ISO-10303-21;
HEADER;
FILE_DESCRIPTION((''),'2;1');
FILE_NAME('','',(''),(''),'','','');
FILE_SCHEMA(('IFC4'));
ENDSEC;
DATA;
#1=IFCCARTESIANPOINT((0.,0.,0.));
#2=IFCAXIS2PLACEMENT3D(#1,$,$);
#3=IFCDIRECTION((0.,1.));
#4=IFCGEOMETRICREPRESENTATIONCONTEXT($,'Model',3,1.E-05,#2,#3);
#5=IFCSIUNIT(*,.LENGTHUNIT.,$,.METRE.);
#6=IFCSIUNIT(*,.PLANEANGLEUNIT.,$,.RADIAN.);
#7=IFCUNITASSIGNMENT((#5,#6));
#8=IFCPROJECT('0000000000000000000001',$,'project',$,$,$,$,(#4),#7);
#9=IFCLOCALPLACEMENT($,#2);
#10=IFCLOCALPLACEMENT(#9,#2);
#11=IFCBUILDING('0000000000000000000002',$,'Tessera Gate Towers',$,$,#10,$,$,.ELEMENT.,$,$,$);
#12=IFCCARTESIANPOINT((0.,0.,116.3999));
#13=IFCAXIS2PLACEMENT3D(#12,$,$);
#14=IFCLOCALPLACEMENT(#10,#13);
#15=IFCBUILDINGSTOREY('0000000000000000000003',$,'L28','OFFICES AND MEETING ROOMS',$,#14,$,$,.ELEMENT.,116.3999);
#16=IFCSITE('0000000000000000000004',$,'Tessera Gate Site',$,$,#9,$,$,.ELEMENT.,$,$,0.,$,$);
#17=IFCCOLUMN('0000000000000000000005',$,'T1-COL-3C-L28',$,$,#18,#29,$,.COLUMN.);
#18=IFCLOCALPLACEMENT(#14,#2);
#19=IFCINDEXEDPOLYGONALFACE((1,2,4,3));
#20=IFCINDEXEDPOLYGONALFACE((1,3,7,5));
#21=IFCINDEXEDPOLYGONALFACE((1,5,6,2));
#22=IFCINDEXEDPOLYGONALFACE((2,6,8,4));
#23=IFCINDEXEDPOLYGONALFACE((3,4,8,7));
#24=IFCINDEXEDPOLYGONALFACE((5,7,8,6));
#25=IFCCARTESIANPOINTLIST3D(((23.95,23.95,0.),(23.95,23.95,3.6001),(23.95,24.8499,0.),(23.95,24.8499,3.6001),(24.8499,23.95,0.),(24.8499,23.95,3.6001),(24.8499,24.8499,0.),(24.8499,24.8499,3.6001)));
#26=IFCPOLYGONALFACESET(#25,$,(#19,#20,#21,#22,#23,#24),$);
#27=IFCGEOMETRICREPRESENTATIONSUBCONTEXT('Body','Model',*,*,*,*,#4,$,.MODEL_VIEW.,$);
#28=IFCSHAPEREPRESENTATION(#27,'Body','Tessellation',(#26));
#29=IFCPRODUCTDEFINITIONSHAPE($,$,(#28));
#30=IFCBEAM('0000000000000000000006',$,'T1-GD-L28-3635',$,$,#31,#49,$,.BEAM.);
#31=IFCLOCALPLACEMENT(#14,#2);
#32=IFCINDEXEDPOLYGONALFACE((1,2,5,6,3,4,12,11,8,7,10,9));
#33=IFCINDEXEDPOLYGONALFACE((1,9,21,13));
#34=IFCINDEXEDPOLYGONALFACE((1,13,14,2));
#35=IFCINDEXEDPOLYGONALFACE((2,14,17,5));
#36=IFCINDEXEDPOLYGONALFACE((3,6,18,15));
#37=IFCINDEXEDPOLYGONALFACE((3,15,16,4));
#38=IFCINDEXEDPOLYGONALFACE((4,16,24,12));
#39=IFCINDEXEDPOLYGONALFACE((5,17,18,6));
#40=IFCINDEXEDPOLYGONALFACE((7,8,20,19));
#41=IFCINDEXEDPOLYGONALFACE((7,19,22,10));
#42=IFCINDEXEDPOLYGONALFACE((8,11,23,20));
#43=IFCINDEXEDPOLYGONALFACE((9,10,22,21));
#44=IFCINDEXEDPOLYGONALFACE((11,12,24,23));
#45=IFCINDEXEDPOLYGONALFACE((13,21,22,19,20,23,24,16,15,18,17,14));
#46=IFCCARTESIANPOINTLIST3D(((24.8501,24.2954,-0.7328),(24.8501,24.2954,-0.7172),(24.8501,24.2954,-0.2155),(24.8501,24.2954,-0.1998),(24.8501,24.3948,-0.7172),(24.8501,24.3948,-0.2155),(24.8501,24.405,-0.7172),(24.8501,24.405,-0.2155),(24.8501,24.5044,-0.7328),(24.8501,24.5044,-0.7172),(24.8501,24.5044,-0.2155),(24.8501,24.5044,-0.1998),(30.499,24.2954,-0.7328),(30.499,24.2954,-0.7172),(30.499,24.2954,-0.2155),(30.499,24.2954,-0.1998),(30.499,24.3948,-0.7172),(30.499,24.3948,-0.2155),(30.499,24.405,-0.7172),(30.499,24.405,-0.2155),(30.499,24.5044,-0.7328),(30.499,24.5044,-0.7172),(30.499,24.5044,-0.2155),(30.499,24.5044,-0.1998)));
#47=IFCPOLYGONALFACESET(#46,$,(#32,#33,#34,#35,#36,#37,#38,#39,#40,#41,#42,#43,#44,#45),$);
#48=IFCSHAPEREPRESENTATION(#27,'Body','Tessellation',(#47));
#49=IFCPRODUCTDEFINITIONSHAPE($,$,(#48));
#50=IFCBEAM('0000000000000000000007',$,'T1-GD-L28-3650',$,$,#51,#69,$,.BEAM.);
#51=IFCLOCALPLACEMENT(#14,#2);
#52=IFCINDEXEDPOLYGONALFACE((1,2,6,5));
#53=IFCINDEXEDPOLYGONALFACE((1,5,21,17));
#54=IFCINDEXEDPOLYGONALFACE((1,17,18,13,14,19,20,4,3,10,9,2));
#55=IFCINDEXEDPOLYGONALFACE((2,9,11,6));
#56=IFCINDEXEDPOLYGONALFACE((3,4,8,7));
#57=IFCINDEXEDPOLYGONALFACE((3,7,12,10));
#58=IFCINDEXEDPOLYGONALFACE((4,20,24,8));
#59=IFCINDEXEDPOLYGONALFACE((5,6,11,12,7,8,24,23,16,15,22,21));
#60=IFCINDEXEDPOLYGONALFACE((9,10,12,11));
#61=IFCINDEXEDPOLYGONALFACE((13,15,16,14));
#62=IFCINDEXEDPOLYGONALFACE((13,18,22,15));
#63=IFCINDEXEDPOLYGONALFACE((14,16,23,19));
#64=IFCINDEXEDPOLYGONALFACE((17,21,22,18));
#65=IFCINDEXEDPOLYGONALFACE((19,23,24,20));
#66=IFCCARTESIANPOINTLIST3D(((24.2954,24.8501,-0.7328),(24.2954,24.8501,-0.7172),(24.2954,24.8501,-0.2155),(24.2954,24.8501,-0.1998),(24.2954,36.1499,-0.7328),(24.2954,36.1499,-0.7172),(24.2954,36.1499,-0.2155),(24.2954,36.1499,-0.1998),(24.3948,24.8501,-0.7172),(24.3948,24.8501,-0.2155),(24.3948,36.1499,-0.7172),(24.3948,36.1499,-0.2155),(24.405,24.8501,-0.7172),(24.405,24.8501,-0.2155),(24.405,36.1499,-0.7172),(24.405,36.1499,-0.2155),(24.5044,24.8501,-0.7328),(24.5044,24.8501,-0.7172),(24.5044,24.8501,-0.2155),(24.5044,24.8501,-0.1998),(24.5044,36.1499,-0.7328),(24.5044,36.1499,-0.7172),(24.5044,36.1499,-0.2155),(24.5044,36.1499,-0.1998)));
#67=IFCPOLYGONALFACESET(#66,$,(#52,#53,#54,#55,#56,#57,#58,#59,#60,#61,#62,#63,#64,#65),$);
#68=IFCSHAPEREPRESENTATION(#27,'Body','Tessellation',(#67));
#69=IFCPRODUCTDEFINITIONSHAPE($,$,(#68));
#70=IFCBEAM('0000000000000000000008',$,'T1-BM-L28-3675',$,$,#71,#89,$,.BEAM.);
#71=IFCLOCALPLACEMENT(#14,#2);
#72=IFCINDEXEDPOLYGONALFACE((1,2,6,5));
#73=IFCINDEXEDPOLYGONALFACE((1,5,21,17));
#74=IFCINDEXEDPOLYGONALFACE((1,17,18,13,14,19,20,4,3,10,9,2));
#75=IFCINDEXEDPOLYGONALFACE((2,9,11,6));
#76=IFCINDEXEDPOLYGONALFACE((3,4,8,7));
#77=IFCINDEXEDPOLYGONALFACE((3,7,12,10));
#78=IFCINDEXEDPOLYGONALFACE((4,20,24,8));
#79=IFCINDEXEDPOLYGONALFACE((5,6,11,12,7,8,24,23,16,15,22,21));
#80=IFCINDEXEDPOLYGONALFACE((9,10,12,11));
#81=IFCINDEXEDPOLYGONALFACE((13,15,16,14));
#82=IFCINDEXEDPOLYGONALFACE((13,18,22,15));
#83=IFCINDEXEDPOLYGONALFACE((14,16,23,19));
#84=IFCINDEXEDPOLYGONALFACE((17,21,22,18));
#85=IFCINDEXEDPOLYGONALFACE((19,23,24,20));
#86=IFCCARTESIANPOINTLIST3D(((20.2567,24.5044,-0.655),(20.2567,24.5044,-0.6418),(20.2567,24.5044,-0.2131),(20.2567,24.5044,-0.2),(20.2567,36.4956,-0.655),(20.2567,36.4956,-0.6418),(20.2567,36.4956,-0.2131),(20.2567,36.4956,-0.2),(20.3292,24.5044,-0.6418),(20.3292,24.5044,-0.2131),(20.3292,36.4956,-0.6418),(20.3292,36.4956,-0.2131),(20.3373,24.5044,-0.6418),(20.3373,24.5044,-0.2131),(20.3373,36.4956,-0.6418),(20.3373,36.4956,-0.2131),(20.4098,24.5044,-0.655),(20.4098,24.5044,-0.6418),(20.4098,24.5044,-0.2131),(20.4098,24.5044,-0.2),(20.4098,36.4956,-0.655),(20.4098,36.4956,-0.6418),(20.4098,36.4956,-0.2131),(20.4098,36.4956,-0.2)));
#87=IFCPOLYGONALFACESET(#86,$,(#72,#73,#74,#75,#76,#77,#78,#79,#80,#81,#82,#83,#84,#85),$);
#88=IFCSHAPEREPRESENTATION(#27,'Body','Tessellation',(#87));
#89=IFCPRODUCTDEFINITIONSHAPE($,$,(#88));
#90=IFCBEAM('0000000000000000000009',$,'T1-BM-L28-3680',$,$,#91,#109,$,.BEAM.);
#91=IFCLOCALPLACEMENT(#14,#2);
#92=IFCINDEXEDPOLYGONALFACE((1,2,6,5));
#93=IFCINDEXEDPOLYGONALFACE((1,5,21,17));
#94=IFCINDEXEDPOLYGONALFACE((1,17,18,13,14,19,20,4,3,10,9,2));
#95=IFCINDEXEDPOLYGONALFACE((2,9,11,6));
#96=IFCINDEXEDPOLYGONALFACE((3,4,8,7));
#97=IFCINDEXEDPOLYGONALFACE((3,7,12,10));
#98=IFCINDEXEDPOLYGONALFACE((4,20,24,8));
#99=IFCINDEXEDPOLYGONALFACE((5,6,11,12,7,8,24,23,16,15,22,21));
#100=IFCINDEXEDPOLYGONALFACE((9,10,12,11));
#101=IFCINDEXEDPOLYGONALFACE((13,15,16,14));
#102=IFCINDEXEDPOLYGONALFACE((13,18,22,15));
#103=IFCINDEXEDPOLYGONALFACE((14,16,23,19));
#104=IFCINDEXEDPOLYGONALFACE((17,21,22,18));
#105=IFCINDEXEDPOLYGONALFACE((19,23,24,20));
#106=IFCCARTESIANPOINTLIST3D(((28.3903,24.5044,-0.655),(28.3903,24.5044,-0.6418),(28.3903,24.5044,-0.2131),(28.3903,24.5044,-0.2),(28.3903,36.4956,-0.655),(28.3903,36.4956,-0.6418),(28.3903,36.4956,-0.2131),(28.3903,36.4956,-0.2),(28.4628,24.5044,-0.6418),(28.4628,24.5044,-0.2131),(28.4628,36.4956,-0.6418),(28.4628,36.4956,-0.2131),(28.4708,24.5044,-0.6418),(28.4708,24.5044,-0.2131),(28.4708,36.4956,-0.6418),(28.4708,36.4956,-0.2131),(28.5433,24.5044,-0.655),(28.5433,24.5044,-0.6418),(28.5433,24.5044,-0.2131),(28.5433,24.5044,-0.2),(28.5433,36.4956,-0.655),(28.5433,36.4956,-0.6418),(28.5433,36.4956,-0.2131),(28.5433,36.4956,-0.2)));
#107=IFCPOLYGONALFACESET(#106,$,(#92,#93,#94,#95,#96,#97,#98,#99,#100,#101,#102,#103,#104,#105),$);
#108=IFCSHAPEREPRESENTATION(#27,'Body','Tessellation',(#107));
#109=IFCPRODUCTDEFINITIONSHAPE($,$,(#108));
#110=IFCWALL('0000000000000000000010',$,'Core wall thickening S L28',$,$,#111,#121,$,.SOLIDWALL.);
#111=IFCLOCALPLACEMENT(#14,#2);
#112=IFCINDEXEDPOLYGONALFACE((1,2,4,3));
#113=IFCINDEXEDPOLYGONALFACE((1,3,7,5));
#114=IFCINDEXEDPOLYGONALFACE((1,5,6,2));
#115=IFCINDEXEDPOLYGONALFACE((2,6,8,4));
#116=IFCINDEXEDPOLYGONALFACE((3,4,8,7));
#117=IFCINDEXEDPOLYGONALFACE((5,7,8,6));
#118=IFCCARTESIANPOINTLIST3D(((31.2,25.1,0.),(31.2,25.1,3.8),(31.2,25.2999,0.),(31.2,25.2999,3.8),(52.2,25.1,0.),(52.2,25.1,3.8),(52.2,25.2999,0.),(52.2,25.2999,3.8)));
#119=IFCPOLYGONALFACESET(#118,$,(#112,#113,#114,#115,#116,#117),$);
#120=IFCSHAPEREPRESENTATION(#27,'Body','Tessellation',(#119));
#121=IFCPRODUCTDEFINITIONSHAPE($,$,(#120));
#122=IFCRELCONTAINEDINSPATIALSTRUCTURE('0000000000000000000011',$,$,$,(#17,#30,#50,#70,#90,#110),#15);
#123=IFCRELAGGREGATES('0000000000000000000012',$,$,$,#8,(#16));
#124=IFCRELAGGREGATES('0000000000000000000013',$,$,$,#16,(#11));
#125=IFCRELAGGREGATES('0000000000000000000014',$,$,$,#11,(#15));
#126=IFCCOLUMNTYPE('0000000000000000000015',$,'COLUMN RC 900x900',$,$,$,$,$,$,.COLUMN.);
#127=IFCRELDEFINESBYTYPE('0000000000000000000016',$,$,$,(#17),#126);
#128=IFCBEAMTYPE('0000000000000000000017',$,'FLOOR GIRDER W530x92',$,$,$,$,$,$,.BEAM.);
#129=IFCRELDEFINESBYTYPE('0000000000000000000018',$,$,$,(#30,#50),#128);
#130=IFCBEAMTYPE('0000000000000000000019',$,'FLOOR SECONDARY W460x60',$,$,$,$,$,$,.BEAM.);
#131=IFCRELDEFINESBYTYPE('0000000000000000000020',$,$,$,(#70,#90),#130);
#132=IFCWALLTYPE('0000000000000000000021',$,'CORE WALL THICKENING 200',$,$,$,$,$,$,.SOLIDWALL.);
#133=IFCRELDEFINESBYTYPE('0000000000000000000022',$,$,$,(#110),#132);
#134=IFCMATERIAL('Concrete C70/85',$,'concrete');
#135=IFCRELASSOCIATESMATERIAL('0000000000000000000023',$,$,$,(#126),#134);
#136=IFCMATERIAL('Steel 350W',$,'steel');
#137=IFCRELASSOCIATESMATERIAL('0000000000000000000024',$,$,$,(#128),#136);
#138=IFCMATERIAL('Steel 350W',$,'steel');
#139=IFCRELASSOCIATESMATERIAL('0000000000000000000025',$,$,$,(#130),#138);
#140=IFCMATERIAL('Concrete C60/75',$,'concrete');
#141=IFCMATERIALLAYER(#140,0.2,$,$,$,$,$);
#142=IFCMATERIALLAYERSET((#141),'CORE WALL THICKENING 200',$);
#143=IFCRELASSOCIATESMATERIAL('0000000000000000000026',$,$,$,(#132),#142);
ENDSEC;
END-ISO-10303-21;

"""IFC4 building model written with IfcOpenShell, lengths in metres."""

from ifc_helpers import new_model, si_unit, direction, frame, frame_2d, origin, origin_2d, place, context, subcontext, project, spatial, rectangle, i_section, extrude, material, layer, layer_set, material_profile, profile_set, type_object, element, save


model = new_model("IFC4")

# Units and contexts
model_context = context("Model", 3, precision=1e-05, world=origin(), true_north=direction((0.0, 1.0)))
body_context = subcontext(model_context, "Body", "Model", "MODEL_VIEW")
ifc_project = project(units=[si_unit("LENGTHUNIT", "METRE"), si_unit("PLANEANGLEUNIT", "RADIAN")], contexts=[model_context])

# Site, building, storey
site_placement = place(None, origin())
site = spatial("IfcSite", under=ifc_project, at=site_placement, Name="Tessera Gate Site", CompositionType="ELEMENT", RefElevation=0.0)
building_placement = place(site_placement, origin())
building = spatial("IfcBuilding", under=site, at=building_placement, Name="Tessera Gate Towers", CompositionType="ELEMENT")
storey_placement = place(building_placement, frame((0.0, 0.0, 116.3999)))
storey = spatial("IfcBuildingStorey", under=building, at=storey_placement, Name="L28", Description="OFFICES AND MEETING ROOMS", CompositionType="ELEMENT", Elevation=116.3999)

# Column
ifc_material_1 = material(Name="Concrete C70/85", Category="concrete")
ifc_material_profile_1 = material_profile(ifc_material_1, rectangle(XDim=0.8999, YDim=0.8999, at=origin_2d()), Name="RC 900x900")
ifc_profile_set_1 = profile_set([ifc_material_profile_1], Name="Concrete C70/85")
column_type = type_object("IfcColumnType", Name="COLUMN RC 900x900", PredefinedType="COLUMN", material=ifc_profile_set_1)
column_placement = place(storey_placement, frame((24.3999, 24.3999, 0.0), z_axis=(0.0, 0.0, 1.0), x_axis=(1.0, 0.0, 0.0)))
element("IfcColumn", 1, at=column_placement, inside=storey, type_object=column_type, Name="T1-COL-3C-L28", PredefinedType="COLUMN", context=body_context, shape_type="SweptSolid", body=[
    extrude(rectangle(XDim=0.8999, YDim=0.8999, at=origin_2d()), origin(), (0.0, 0.0, 1.0), 3.6001),
])

# Beams
ifc_material_2 = material(Name="Steel 350W", Category="steel")
ifc_material_profile_2 = material_profile(ifc_material_2, i_section(OverallWidth=0.209, OverallDepth=0.533, WebThickness=0.0103, FlangeThickness=0.0156, at=origin_2d()), Name="W530x92")
ifc_profile_set_2 = profile_set([ifc_material_profile_2], Name="Steel 350W")
beam_type_1 = type_object("IfcBeamType", Name="FLOOR GIRDER W530x92", PredefinedType="BEAM", material=ifc_profile_set_2)
beam_1_placement = place(storey_placement, frame((24.8501, 24.3999, -0.4663), z_axis=(1.0, 0.0, 0.0), x_axis=(0.0, 1.0, 0.0)))
element("IfcBeam", 2, at=beam_1_placement, inside=storey, type_object=beam_type_1, Name="T1-GD-L28-3635", PredefinedType="BEAM", context=body_context, shape_type="SweptSolid", body=[
    extrude(i_section(OverallWidth=0.209, OverallDepth=0.533, WebThickness=0.0103, FlangeThickness=0.0156, at=origin_2d()), origin(), (0.0, 0.0, 1.0), 5.6489),
])
beam_2_placement = place(storey_placement, frame((24.3999, 24.8501, -0.4663), z_axis=(0.0, 1.0, 0.0), x_axis=(-1.0, 0.0, 0.0)))
element("IfcBeam", 3, at=beam_2_placement, inside=storey, type_object=beam_type_1, Name="T1-GD-L28-3650", PredefinedType="BEAM", context=body_context, shape_type="SweptSolid", body=[
    extrude(i_section(OverallWidth=0.209, OverallDepth=0.533, WebThickness=0.0103, FlangeThickness=0.0156, at=origin_2d()), origin(), (0.0, 0.0, 1.0), 11.2998),
])
ifc_material_3 = material(Name="Steel 350W", Category="steel")
ifc_material_profile_3 = material_profile(ifc_material_3, i_section(OverallWidth=0.1531, OverallDepth=0.4551, WebThickness=0.0081, FlangeThickness=0.0132, at=origin_2d()), Name="W460x60")
ifc_profile_set_3 = profile_set([ifc_material_profile_3], Name="Steel 350W")
beam_type_2 = type_object("IfcBeamType", Name="FLOOR SECONDARY W460x60", PredefinedType="BEAM", material=ifc_profile_set_3)
for number, where, z_axis, x_axis, name in (
    (4, (20.3333, 24.5044, -0.4275), (0.0, 1.0, 0.0), (-1.0, 0.0, 0.0), "T1-BM-L28-3675"),
    (5, (28.4668, 24.5044, -0.4275), (0.0, 1.0, 0.0), (-1.0, 0.0, 0.0), "T1-BM-L28-3680"),
):
    element("IfcBeam", number, at=place(storey_placement, frame(where, z_axis=z_axis, x_axis=x_axis)), inside=storey, type_object=beam_type_2, Name=name, PredefinedType="BEAM", context=body_context, shape_type="SweptSolid", body=[
        extrude(i_section(OverallWidth=0.1531, OverallDepth=0.4551, WebThickness=0.0081, FlangeThickness=0.0132, at=origin_2d()), origin(), (0.0, 0.0, 1.0), 11.9912),
    ])

# Wall
ifc_material_4 = material(Name="Concrete C60/75", Category="concrete")
ifc_layer_1 = layer(ifc_material_4, 0.2)
ifc_layer_set_1 = layer_set([ifc_layer_1], Name="CORE WALL THICKENING 200")
wall_type_1 = type_object("IfcWallType", Name="CORE WALL THICKENING 200", PredefinedType="SOLIDWALL", material=ifc_layer_set_1)
wall_1_placement = place(storey_placement, frame((31.2, 25.2, 0.0), z_axis=(0.0, 0.0, 1.0), x_axis=(1.0, 0.0, 0.0)))
element("IfcWall", 6, at=wall_1_placement, inside=storey, type_object=wall_type_1, Name="Core wall thickening S L28", PredefinedType="SOLIDWALL", context=body_context, shape_type="SweptSolid", body=[
    extrude(rectangle(XDim=21.0, YDim=0.2, at=frame_2d((10.5, 0.0))), origin(), (0.0, 0.0, 1.0), 3.8),
])

save(model, "model.ifc")
